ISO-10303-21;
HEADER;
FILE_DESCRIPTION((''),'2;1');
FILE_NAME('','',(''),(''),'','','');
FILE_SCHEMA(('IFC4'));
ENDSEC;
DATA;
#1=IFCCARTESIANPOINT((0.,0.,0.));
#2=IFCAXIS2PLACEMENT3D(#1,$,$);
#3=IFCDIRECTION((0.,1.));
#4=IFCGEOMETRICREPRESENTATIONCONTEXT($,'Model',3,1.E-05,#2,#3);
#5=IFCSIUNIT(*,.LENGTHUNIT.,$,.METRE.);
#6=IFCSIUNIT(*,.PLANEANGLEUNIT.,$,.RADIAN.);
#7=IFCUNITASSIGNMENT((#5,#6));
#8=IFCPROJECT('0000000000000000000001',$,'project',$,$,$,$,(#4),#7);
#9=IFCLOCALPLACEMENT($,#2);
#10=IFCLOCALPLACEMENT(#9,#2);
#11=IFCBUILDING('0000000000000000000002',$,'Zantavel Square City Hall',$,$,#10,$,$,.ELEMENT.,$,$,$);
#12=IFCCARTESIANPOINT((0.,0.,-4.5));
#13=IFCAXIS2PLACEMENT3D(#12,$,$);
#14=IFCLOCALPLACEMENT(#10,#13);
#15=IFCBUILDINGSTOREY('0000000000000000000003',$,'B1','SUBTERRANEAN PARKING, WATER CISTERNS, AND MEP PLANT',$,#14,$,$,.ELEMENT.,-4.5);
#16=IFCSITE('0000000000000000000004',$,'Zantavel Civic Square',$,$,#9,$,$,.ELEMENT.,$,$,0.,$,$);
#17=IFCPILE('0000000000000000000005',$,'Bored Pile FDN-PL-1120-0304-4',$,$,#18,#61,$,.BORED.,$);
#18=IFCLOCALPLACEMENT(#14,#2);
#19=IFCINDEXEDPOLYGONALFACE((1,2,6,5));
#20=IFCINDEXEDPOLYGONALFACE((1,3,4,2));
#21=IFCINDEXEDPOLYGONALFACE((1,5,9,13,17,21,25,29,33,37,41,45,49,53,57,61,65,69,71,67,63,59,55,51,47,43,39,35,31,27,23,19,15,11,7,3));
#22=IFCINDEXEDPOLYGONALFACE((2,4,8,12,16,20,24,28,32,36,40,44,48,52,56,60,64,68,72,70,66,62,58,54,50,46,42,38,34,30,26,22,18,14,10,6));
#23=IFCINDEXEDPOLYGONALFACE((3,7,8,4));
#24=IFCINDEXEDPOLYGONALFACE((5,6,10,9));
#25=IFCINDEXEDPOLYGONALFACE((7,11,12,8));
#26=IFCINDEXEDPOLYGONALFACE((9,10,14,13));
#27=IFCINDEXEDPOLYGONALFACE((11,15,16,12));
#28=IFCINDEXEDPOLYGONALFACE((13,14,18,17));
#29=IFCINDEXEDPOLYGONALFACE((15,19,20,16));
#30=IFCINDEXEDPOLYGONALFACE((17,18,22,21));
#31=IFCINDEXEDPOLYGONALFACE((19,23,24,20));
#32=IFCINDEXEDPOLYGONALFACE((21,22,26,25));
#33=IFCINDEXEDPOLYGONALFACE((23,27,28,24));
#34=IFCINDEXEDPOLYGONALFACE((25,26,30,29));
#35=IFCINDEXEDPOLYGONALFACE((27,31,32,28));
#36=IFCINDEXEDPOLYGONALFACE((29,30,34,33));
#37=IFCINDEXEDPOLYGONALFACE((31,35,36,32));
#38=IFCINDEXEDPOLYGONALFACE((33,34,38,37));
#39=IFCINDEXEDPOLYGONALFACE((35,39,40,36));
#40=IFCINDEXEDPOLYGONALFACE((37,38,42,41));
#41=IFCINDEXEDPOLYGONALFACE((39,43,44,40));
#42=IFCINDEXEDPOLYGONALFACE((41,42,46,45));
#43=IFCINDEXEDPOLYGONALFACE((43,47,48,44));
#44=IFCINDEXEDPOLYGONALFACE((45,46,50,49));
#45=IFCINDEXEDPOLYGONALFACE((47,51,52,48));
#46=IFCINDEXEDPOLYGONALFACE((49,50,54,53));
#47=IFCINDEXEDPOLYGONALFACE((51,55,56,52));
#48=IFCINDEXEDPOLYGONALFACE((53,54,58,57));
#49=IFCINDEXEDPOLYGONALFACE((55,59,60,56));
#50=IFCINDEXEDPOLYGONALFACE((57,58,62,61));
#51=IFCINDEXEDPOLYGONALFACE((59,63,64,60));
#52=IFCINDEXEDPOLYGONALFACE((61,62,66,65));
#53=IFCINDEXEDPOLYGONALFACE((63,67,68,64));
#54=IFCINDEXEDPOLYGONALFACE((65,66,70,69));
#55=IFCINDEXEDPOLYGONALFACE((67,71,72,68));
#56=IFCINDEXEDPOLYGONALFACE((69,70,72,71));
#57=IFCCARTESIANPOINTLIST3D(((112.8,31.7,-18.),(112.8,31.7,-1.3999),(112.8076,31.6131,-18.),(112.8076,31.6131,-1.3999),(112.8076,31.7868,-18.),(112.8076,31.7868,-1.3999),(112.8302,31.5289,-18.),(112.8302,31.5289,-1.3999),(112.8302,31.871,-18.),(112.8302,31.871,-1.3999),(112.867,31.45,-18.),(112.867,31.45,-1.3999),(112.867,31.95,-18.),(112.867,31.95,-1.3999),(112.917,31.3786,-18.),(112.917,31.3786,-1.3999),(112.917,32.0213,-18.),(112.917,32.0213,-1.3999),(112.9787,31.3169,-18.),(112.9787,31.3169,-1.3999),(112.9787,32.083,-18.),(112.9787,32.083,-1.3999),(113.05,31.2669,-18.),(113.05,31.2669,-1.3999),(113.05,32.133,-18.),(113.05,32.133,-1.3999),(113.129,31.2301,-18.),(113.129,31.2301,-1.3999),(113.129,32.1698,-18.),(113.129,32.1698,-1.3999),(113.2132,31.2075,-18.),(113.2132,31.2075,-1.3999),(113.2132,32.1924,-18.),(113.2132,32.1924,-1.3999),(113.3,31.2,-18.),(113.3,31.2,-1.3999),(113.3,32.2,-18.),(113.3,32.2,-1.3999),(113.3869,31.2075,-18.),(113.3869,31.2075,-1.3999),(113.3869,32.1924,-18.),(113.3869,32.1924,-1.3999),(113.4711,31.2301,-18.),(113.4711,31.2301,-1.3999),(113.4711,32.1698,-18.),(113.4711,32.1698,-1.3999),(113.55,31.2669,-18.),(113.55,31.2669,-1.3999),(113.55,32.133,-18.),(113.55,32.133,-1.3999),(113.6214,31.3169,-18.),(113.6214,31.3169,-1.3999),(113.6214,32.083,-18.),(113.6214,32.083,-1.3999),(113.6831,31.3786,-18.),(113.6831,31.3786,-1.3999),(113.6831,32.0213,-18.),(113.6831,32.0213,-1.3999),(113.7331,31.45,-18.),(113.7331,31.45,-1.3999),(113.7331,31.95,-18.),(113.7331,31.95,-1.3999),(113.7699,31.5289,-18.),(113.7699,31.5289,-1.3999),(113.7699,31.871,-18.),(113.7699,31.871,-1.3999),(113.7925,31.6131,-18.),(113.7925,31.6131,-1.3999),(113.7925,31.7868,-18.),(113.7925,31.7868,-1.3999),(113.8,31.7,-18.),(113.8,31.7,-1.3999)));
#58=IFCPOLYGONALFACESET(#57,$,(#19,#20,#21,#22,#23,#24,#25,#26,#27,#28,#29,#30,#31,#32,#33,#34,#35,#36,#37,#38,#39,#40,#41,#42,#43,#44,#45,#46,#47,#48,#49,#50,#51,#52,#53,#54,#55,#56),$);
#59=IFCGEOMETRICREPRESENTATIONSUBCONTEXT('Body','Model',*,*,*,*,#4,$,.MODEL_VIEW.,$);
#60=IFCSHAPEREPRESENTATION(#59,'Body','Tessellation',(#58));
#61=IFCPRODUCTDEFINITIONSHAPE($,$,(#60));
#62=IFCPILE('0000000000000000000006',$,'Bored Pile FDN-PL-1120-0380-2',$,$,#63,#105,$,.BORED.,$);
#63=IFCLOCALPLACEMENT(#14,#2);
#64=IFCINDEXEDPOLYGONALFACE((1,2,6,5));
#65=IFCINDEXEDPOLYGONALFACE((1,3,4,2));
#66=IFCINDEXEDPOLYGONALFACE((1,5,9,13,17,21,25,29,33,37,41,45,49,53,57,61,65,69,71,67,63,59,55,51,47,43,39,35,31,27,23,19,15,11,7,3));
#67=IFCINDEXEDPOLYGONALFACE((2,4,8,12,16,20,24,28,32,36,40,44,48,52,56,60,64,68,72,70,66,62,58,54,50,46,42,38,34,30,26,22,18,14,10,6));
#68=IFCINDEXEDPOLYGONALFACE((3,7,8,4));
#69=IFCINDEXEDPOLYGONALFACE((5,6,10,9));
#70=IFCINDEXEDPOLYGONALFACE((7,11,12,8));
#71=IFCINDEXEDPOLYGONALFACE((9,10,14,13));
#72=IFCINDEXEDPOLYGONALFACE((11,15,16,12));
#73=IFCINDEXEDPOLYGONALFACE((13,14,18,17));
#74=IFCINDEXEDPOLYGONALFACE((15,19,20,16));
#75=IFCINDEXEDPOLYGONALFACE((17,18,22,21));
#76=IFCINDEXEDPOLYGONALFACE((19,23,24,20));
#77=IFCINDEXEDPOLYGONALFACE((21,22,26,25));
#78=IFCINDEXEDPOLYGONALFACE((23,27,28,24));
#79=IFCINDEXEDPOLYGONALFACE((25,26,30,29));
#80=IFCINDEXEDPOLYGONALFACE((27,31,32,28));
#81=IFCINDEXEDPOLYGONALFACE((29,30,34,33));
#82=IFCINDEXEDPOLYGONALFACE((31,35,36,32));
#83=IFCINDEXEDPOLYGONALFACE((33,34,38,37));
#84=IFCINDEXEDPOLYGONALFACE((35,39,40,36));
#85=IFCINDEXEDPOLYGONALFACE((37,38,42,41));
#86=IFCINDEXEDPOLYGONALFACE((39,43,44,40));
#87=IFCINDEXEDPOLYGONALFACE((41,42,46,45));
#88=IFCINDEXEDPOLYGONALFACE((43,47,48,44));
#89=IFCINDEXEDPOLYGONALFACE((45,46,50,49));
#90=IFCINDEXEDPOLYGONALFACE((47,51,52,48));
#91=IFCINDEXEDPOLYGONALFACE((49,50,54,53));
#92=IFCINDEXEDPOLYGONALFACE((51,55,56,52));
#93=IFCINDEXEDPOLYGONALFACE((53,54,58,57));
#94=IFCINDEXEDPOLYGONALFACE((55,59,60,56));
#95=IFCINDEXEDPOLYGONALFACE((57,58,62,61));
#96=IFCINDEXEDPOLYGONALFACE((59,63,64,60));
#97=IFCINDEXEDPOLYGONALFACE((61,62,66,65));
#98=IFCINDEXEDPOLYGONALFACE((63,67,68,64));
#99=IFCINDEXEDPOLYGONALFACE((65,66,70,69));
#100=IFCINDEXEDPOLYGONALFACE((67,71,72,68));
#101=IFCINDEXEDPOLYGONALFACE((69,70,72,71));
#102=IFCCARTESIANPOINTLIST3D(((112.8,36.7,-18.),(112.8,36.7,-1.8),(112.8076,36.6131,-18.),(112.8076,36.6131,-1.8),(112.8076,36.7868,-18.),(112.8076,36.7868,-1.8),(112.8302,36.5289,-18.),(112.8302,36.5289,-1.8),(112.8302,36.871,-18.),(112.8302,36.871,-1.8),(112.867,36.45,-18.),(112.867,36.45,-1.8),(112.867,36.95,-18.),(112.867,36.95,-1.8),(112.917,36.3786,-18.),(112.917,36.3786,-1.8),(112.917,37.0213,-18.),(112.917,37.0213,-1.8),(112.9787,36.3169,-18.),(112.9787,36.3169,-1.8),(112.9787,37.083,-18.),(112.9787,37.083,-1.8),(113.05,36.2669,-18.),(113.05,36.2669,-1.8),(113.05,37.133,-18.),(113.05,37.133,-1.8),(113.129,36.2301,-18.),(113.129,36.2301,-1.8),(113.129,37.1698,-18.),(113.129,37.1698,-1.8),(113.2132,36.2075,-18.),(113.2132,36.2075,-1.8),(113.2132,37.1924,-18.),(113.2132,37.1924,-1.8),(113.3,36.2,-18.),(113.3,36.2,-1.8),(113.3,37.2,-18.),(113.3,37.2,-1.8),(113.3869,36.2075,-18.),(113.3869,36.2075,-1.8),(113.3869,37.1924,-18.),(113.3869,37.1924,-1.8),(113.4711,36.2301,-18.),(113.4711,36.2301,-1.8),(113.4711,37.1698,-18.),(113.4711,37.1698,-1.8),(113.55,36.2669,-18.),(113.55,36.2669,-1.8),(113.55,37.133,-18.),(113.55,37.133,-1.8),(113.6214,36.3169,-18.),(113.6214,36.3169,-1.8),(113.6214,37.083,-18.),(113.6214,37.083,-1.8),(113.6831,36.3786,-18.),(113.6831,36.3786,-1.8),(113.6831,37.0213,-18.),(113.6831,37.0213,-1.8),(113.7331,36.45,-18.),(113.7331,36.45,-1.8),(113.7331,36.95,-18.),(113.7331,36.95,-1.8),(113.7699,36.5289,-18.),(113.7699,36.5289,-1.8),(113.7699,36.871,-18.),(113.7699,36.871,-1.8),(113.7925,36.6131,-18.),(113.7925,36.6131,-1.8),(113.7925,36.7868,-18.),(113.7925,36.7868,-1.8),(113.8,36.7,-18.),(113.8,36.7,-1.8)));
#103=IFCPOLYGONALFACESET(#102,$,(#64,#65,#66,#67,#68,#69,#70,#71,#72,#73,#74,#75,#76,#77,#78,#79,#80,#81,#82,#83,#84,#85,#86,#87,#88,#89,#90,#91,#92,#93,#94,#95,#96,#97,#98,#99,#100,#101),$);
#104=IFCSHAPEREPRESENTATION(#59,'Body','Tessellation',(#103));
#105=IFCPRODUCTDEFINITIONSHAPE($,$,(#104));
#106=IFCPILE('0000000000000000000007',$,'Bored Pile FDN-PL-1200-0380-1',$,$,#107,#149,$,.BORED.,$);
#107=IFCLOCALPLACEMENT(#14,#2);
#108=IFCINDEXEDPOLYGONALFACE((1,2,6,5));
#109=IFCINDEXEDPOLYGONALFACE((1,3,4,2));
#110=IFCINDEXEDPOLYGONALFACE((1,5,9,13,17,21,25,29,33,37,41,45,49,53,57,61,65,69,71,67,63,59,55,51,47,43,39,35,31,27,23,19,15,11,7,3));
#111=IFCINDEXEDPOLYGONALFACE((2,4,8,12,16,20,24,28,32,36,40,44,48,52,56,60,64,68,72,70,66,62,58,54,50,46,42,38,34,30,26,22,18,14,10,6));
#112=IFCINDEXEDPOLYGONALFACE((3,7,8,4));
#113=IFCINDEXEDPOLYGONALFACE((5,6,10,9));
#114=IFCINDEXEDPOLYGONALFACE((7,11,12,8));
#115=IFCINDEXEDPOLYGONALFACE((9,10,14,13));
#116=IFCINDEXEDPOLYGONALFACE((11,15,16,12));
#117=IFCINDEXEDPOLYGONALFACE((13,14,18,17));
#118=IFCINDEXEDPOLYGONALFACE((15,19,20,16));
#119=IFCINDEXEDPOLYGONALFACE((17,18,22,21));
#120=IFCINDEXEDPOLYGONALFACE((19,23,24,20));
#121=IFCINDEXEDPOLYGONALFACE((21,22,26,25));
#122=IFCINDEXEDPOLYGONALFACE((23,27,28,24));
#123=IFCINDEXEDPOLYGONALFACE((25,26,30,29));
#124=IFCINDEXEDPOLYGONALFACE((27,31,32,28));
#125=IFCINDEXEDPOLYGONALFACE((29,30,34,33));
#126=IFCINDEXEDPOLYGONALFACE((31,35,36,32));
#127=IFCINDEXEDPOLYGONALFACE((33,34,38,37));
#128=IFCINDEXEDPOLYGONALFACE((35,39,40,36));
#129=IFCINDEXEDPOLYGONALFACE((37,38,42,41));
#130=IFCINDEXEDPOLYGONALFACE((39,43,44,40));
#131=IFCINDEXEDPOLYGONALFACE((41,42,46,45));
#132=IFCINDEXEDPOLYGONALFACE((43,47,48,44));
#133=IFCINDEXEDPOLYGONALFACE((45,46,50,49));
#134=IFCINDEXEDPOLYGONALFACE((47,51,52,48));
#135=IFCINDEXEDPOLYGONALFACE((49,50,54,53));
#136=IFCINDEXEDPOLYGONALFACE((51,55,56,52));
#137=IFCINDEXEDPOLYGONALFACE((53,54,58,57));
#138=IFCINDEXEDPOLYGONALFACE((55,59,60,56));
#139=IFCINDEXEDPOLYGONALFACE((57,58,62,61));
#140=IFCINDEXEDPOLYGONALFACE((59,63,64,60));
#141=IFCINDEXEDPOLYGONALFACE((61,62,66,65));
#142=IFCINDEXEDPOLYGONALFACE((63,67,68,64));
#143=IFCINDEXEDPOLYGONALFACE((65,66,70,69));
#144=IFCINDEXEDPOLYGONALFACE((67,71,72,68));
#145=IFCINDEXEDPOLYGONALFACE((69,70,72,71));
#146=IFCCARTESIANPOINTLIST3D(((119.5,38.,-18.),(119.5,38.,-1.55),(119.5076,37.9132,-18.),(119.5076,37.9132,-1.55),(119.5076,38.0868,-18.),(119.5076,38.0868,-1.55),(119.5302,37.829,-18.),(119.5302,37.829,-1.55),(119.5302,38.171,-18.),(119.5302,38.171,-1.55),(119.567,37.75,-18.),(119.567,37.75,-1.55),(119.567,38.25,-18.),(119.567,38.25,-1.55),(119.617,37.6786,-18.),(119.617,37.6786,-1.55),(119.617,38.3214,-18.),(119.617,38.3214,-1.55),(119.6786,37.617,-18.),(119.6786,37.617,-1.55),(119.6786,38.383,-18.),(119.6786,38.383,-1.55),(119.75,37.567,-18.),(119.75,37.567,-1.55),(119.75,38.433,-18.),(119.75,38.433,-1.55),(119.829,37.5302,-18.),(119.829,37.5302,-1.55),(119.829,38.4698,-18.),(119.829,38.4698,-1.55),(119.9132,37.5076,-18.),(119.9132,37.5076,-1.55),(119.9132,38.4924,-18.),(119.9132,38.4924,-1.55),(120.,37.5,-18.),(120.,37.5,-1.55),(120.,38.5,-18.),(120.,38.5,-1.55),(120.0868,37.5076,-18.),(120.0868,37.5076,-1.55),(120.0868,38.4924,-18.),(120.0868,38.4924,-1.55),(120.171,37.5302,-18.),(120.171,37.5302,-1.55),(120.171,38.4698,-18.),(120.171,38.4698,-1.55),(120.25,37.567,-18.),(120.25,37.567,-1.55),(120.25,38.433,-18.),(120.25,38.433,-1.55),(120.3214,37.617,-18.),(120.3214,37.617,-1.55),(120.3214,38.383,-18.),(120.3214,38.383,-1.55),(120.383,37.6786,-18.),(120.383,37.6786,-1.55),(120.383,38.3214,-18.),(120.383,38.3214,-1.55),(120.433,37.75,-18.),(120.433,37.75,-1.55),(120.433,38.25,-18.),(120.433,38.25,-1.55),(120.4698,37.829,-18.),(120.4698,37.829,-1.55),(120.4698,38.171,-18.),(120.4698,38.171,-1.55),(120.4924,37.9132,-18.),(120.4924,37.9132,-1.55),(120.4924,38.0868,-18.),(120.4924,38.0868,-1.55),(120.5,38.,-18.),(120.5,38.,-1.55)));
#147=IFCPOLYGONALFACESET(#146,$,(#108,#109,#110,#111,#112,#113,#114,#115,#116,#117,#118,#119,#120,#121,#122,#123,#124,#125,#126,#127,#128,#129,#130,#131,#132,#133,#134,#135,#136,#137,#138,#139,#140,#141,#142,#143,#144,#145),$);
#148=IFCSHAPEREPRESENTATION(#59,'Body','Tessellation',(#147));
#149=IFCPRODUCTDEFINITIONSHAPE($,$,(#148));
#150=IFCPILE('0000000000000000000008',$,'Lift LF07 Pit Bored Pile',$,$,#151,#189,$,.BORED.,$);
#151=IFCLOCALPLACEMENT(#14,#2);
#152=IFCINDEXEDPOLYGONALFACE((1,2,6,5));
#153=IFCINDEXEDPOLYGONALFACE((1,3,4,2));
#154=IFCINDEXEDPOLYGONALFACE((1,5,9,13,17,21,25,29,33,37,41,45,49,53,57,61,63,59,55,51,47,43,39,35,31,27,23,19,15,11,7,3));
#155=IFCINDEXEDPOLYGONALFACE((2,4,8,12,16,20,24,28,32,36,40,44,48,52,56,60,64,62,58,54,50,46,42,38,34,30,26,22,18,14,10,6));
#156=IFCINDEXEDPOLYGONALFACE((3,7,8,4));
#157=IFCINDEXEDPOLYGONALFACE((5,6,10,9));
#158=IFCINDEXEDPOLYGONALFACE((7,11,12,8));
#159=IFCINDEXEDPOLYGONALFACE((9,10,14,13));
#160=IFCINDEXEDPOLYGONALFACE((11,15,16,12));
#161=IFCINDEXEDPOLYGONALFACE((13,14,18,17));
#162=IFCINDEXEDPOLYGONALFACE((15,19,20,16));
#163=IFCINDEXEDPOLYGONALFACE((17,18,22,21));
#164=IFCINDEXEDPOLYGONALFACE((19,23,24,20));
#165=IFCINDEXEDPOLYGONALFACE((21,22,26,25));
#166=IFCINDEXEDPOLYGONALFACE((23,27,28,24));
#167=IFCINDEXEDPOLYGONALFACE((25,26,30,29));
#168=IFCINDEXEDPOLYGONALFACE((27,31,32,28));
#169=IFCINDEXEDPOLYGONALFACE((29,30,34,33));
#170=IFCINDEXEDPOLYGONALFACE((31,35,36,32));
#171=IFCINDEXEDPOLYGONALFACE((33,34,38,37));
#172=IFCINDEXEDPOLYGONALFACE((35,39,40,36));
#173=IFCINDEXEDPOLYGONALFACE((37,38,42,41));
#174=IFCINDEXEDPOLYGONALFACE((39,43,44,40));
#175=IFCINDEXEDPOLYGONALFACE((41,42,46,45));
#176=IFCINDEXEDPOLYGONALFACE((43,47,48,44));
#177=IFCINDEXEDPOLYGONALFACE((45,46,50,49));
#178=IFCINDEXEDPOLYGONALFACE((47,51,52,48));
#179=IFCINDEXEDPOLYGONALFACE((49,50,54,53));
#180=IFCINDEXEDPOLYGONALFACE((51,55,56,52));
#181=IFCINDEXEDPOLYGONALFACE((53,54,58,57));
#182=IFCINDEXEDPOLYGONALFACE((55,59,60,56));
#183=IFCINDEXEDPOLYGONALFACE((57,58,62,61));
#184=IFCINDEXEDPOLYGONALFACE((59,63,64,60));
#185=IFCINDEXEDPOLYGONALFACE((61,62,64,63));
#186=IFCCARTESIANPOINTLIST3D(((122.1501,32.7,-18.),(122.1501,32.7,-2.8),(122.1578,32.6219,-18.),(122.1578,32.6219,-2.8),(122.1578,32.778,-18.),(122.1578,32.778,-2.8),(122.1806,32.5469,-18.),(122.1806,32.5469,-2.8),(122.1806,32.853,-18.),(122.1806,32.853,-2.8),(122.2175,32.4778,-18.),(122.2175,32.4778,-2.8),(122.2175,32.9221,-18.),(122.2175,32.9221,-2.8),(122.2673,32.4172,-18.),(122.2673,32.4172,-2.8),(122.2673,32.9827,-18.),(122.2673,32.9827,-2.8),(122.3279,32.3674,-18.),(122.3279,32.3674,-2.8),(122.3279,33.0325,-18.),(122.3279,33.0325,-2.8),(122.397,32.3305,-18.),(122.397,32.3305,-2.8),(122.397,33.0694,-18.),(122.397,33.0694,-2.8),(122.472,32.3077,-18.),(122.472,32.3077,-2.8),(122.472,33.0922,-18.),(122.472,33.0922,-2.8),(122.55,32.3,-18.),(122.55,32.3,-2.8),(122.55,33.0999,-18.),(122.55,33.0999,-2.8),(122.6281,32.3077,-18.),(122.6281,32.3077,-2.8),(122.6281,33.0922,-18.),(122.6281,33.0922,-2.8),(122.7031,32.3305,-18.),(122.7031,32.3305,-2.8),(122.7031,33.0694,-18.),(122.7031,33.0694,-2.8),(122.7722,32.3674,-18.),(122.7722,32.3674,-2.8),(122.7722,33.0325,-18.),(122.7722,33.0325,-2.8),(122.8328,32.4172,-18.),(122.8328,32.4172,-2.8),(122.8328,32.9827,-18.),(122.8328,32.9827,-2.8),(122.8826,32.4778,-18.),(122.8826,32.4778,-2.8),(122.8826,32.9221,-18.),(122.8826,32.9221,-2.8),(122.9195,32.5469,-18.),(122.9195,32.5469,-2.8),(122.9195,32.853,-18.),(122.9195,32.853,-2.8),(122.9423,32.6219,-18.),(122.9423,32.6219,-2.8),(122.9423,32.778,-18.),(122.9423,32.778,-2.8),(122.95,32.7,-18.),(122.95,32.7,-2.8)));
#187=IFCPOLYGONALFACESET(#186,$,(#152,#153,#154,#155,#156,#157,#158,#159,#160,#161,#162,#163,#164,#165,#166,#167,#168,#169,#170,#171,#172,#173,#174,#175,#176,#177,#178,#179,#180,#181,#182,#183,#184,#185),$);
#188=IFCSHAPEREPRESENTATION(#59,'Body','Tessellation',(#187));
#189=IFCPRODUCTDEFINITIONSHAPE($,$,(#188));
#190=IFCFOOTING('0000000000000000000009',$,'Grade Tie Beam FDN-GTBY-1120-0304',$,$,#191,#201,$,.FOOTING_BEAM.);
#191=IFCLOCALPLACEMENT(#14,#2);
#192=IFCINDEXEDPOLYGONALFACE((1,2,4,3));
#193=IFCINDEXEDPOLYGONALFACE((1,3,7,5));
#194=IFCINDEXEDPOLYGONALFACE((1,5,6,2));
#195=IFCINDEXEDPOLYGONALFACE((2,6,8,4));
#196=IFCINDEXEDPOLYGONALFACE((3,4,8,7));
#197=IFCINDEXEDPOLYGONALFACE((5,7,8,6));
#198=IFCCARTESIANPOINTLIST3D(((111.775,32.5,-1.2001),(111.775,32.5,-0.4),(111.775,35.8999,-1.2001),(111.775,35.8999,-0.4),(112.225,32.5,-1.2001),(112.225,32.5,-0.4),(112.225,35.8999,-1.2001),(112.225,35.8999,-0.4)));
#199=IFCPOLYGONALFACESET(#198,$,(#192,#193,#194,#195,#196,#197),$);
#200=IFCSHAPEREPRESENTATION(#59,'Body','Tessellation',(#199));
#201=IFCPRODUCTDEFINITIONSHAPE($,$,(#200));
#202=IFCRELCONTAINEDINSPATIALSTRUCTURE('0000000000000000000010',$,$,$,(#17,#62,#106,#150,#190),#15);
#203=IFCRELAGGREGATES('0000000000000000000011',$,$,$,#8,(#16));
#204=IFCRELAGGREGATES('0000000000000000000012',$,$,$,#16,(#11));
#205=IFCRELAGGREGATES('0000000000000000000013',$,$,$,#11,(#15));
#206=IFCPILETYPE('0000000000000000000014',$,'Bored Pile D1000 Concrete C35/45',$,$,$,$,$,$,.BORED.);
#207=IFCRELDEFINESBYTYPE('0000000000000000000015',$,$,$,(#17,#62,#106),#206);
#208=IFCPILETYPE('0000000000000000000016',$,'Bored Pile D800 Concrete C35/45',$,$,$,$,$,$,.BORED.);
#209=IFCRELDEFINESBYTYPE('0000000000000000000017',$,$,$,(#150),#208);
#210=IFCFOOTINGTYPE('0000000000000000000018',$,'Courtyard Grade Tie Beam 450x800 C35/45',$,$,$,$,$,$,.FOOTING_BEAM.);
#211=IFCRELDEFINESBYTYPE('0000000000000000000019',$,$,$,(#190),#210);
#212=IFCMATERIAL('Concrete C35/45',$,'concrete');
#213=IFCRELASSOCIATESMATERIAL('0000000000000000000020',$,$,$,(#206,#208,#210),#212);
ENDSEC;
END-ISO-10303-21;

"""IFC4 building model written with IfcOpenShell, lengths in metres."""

from ifc_helpers import new_model, si_unit, direction, frame, origin, origin_2d, place, context, subcontext, project, spatial, rectangle, circle, extrude, material, material_profile, profile_set, type_object, element, save


model = new_model("IFC4")

# Units and contexts
model_context = context("Model", 3, precision=1e-05, world=origin(), true_north=direction((0.0, 1.0)))
body_context = subcontext(model_context, "Body", "Model", "MODEL_VIEW")
ifc_project = project(units=[si_unit("LENGTHUNIT", "METRE"), si_unit("PLANEANGLEUNIT", "RADIAN")], contexts=[model_context])

# Site, building, storey
site_placement = place(None, origin())
site = spatial("IfcSite", under=ifc_project, at=site_placement, Name="Zantavel Civic Square", CompositionType="ELEMENT", RefElevation=0.0)
building_placement = place(site_placement, origin())
building = spatial("IfcBuilding", under=site, at=building_placement, Name="Zantavel Square City Hall", CompositionType="ELEMENT")
storey_placement = place(building_placement, frame((0.0, 0.0, -4.5)))
storey = spatial("IfcBuildingStorey", under=building, at=storey_placement, Name="B1", Description="SUBTERRANEAN PARKING, WATER CISTERNS, AND MEP PLANT", CompositionType="ELEMENT", Elevation=-4.5)

# Piles
ifc_material_1 = material(Name="Concrete C35/45", Category="concrete")
ifc_material_profile_1 = material_profile(ifc_material_1, circle(Radius=0.5, at=origin_2d()), Name="PILE D1000")
ifc_profile_set_1 = profile_set([ifc_material_profile_1], Name="Concrete C35/45")
pile_type_1 = type_object("IfcPileType", Name="Bored Pile D1000 Concrete C35/45", PredefinedType="BORED", material=ifc_profile_set_1)
pile_1_placement = place(storey_placement, frame((113.3, 31.7, -1.3999), z_axis=(0.0, 0.0, -1.0), x_axis=(1.0, 0.0, 0.0)))
element("IfcPile", 1, at=pile_1_placement, inside=storey, type_object=pile_type_1, Name="Bored Pile FDN-PL-1120-0304-4", PredefinedType="BORED", context=body_context, shape_type="SweptSolid", body=[
    extrude(circle(Radius=0.5, at=origin_2d()), origin(), (0.0, 0.0, 1.0), 16.6001),
])
pile_2_placement = place(storey_placement, frame((113.3, 36.7, -1.8), z_axis=(0.0, 0.0, -1.0), x_axis=(1.0, 0.0, 0.0)))
element("IfcPile", 2, at=pile_2_placement, inside=storey, type_object=pile_type_1, Name="Bored Pile FDN-PL-1120-0380-2", PredefinedType="BORED", context=body_context, shape_type="SweptSolid", body=[
    extrude(circle(Radius=0.5, at=origin_2d()), origin(), (0.0, 0.0, 1.0), 16.2),
])
pile_3_placement = place(storey_placement, frame((120.0, 38.0, -1.55), z_axis=(0.0, 0.0, -1.0), x_axis=(1.0, 0.0, 0.0)))
element("IfcPile", 3, at=pile_3_placement, inside=storey, type_object=pile_type_1, Name="Bored Pile FDN-PL-1200-0380-1", PredefinedType="BORED", context=body_context, shape_type="SweptSolid", body=[
    extrude(circle(Radius=0.5, at=origin_2d()), origin(), (0.0, 0.0, 1.0), 16.45),
])
ifc_material_profile_2 = material_profile(ifc_material_1, circle(Radius=0.3999, at=origin_2d()), Name="PILE D800")
ifc_profile_set_2 = profile_set([ifc_material_profile_2], Name="Concrete C35/45")
pile_type_2 = type_object("IfcPileType", Name="Bored Pile D800 Concrete C35/45", PredefinedType="BORED", material=ifc_profile_set_2)
pile_4_placement = place(storey_placement, frame((122.55, 32.7, -2.8), z_axis=(0.0, 0.0, -1.0), x_axis=(1.0, 0.0, 0.0)))
element("IfcPile", 4, at=pile_4_placement, inside=storey, type_object=pile_type_2, Name="Lift LF07 Pit Bored Pile", PredefinedType="BORED", context=body_context, shape_type="SweptSolid", body=[
    extrude(circle(Radius=0.3999, at=origin_2d()), origin(), (0.0, 0.0, 1.0), 15.2),
])

# Footing
ifc_material_profile_3 = material_profile(ifc_material_1, rectangle(XDim=0.45, YDim=0.8, at=origin_2d()), Name="RC 450x800")
ifc_profile_set_3 = profile_set([ifc_material_profile_3], Name="Concrete C35/45")
footing_type_1 = type_object("IfcFootingType", Name="Courtyard Grade Tie Beam 450x800 C35/45", PredefinedType="FOOTING_BEAM", material=ifc_profile_set_3)
footing_1_placement = place(storey_placement, frame((112.0, 32.5, -0.8), z_axis=(0.0, 1.0, 0.0), x_axis=(-1.0, 0.0, 0.0)))
element("IfcFooting", 5, at=footing_1_placement, inside=storey, type_object=footing_type_1, Name="Grade Tie Beam FDN-GTBY-1120-0304", PredefinedType="FOOTING_BEAM", context=body_context, shape_type="SweptSolid", body=[
    extrude(rectangle(XDim=0.45, YDim=0.8, at=origin_2d()), origin(), (0.0, 0.0, 1.0), 3.3999),
])

save(model, "model.ifc")
